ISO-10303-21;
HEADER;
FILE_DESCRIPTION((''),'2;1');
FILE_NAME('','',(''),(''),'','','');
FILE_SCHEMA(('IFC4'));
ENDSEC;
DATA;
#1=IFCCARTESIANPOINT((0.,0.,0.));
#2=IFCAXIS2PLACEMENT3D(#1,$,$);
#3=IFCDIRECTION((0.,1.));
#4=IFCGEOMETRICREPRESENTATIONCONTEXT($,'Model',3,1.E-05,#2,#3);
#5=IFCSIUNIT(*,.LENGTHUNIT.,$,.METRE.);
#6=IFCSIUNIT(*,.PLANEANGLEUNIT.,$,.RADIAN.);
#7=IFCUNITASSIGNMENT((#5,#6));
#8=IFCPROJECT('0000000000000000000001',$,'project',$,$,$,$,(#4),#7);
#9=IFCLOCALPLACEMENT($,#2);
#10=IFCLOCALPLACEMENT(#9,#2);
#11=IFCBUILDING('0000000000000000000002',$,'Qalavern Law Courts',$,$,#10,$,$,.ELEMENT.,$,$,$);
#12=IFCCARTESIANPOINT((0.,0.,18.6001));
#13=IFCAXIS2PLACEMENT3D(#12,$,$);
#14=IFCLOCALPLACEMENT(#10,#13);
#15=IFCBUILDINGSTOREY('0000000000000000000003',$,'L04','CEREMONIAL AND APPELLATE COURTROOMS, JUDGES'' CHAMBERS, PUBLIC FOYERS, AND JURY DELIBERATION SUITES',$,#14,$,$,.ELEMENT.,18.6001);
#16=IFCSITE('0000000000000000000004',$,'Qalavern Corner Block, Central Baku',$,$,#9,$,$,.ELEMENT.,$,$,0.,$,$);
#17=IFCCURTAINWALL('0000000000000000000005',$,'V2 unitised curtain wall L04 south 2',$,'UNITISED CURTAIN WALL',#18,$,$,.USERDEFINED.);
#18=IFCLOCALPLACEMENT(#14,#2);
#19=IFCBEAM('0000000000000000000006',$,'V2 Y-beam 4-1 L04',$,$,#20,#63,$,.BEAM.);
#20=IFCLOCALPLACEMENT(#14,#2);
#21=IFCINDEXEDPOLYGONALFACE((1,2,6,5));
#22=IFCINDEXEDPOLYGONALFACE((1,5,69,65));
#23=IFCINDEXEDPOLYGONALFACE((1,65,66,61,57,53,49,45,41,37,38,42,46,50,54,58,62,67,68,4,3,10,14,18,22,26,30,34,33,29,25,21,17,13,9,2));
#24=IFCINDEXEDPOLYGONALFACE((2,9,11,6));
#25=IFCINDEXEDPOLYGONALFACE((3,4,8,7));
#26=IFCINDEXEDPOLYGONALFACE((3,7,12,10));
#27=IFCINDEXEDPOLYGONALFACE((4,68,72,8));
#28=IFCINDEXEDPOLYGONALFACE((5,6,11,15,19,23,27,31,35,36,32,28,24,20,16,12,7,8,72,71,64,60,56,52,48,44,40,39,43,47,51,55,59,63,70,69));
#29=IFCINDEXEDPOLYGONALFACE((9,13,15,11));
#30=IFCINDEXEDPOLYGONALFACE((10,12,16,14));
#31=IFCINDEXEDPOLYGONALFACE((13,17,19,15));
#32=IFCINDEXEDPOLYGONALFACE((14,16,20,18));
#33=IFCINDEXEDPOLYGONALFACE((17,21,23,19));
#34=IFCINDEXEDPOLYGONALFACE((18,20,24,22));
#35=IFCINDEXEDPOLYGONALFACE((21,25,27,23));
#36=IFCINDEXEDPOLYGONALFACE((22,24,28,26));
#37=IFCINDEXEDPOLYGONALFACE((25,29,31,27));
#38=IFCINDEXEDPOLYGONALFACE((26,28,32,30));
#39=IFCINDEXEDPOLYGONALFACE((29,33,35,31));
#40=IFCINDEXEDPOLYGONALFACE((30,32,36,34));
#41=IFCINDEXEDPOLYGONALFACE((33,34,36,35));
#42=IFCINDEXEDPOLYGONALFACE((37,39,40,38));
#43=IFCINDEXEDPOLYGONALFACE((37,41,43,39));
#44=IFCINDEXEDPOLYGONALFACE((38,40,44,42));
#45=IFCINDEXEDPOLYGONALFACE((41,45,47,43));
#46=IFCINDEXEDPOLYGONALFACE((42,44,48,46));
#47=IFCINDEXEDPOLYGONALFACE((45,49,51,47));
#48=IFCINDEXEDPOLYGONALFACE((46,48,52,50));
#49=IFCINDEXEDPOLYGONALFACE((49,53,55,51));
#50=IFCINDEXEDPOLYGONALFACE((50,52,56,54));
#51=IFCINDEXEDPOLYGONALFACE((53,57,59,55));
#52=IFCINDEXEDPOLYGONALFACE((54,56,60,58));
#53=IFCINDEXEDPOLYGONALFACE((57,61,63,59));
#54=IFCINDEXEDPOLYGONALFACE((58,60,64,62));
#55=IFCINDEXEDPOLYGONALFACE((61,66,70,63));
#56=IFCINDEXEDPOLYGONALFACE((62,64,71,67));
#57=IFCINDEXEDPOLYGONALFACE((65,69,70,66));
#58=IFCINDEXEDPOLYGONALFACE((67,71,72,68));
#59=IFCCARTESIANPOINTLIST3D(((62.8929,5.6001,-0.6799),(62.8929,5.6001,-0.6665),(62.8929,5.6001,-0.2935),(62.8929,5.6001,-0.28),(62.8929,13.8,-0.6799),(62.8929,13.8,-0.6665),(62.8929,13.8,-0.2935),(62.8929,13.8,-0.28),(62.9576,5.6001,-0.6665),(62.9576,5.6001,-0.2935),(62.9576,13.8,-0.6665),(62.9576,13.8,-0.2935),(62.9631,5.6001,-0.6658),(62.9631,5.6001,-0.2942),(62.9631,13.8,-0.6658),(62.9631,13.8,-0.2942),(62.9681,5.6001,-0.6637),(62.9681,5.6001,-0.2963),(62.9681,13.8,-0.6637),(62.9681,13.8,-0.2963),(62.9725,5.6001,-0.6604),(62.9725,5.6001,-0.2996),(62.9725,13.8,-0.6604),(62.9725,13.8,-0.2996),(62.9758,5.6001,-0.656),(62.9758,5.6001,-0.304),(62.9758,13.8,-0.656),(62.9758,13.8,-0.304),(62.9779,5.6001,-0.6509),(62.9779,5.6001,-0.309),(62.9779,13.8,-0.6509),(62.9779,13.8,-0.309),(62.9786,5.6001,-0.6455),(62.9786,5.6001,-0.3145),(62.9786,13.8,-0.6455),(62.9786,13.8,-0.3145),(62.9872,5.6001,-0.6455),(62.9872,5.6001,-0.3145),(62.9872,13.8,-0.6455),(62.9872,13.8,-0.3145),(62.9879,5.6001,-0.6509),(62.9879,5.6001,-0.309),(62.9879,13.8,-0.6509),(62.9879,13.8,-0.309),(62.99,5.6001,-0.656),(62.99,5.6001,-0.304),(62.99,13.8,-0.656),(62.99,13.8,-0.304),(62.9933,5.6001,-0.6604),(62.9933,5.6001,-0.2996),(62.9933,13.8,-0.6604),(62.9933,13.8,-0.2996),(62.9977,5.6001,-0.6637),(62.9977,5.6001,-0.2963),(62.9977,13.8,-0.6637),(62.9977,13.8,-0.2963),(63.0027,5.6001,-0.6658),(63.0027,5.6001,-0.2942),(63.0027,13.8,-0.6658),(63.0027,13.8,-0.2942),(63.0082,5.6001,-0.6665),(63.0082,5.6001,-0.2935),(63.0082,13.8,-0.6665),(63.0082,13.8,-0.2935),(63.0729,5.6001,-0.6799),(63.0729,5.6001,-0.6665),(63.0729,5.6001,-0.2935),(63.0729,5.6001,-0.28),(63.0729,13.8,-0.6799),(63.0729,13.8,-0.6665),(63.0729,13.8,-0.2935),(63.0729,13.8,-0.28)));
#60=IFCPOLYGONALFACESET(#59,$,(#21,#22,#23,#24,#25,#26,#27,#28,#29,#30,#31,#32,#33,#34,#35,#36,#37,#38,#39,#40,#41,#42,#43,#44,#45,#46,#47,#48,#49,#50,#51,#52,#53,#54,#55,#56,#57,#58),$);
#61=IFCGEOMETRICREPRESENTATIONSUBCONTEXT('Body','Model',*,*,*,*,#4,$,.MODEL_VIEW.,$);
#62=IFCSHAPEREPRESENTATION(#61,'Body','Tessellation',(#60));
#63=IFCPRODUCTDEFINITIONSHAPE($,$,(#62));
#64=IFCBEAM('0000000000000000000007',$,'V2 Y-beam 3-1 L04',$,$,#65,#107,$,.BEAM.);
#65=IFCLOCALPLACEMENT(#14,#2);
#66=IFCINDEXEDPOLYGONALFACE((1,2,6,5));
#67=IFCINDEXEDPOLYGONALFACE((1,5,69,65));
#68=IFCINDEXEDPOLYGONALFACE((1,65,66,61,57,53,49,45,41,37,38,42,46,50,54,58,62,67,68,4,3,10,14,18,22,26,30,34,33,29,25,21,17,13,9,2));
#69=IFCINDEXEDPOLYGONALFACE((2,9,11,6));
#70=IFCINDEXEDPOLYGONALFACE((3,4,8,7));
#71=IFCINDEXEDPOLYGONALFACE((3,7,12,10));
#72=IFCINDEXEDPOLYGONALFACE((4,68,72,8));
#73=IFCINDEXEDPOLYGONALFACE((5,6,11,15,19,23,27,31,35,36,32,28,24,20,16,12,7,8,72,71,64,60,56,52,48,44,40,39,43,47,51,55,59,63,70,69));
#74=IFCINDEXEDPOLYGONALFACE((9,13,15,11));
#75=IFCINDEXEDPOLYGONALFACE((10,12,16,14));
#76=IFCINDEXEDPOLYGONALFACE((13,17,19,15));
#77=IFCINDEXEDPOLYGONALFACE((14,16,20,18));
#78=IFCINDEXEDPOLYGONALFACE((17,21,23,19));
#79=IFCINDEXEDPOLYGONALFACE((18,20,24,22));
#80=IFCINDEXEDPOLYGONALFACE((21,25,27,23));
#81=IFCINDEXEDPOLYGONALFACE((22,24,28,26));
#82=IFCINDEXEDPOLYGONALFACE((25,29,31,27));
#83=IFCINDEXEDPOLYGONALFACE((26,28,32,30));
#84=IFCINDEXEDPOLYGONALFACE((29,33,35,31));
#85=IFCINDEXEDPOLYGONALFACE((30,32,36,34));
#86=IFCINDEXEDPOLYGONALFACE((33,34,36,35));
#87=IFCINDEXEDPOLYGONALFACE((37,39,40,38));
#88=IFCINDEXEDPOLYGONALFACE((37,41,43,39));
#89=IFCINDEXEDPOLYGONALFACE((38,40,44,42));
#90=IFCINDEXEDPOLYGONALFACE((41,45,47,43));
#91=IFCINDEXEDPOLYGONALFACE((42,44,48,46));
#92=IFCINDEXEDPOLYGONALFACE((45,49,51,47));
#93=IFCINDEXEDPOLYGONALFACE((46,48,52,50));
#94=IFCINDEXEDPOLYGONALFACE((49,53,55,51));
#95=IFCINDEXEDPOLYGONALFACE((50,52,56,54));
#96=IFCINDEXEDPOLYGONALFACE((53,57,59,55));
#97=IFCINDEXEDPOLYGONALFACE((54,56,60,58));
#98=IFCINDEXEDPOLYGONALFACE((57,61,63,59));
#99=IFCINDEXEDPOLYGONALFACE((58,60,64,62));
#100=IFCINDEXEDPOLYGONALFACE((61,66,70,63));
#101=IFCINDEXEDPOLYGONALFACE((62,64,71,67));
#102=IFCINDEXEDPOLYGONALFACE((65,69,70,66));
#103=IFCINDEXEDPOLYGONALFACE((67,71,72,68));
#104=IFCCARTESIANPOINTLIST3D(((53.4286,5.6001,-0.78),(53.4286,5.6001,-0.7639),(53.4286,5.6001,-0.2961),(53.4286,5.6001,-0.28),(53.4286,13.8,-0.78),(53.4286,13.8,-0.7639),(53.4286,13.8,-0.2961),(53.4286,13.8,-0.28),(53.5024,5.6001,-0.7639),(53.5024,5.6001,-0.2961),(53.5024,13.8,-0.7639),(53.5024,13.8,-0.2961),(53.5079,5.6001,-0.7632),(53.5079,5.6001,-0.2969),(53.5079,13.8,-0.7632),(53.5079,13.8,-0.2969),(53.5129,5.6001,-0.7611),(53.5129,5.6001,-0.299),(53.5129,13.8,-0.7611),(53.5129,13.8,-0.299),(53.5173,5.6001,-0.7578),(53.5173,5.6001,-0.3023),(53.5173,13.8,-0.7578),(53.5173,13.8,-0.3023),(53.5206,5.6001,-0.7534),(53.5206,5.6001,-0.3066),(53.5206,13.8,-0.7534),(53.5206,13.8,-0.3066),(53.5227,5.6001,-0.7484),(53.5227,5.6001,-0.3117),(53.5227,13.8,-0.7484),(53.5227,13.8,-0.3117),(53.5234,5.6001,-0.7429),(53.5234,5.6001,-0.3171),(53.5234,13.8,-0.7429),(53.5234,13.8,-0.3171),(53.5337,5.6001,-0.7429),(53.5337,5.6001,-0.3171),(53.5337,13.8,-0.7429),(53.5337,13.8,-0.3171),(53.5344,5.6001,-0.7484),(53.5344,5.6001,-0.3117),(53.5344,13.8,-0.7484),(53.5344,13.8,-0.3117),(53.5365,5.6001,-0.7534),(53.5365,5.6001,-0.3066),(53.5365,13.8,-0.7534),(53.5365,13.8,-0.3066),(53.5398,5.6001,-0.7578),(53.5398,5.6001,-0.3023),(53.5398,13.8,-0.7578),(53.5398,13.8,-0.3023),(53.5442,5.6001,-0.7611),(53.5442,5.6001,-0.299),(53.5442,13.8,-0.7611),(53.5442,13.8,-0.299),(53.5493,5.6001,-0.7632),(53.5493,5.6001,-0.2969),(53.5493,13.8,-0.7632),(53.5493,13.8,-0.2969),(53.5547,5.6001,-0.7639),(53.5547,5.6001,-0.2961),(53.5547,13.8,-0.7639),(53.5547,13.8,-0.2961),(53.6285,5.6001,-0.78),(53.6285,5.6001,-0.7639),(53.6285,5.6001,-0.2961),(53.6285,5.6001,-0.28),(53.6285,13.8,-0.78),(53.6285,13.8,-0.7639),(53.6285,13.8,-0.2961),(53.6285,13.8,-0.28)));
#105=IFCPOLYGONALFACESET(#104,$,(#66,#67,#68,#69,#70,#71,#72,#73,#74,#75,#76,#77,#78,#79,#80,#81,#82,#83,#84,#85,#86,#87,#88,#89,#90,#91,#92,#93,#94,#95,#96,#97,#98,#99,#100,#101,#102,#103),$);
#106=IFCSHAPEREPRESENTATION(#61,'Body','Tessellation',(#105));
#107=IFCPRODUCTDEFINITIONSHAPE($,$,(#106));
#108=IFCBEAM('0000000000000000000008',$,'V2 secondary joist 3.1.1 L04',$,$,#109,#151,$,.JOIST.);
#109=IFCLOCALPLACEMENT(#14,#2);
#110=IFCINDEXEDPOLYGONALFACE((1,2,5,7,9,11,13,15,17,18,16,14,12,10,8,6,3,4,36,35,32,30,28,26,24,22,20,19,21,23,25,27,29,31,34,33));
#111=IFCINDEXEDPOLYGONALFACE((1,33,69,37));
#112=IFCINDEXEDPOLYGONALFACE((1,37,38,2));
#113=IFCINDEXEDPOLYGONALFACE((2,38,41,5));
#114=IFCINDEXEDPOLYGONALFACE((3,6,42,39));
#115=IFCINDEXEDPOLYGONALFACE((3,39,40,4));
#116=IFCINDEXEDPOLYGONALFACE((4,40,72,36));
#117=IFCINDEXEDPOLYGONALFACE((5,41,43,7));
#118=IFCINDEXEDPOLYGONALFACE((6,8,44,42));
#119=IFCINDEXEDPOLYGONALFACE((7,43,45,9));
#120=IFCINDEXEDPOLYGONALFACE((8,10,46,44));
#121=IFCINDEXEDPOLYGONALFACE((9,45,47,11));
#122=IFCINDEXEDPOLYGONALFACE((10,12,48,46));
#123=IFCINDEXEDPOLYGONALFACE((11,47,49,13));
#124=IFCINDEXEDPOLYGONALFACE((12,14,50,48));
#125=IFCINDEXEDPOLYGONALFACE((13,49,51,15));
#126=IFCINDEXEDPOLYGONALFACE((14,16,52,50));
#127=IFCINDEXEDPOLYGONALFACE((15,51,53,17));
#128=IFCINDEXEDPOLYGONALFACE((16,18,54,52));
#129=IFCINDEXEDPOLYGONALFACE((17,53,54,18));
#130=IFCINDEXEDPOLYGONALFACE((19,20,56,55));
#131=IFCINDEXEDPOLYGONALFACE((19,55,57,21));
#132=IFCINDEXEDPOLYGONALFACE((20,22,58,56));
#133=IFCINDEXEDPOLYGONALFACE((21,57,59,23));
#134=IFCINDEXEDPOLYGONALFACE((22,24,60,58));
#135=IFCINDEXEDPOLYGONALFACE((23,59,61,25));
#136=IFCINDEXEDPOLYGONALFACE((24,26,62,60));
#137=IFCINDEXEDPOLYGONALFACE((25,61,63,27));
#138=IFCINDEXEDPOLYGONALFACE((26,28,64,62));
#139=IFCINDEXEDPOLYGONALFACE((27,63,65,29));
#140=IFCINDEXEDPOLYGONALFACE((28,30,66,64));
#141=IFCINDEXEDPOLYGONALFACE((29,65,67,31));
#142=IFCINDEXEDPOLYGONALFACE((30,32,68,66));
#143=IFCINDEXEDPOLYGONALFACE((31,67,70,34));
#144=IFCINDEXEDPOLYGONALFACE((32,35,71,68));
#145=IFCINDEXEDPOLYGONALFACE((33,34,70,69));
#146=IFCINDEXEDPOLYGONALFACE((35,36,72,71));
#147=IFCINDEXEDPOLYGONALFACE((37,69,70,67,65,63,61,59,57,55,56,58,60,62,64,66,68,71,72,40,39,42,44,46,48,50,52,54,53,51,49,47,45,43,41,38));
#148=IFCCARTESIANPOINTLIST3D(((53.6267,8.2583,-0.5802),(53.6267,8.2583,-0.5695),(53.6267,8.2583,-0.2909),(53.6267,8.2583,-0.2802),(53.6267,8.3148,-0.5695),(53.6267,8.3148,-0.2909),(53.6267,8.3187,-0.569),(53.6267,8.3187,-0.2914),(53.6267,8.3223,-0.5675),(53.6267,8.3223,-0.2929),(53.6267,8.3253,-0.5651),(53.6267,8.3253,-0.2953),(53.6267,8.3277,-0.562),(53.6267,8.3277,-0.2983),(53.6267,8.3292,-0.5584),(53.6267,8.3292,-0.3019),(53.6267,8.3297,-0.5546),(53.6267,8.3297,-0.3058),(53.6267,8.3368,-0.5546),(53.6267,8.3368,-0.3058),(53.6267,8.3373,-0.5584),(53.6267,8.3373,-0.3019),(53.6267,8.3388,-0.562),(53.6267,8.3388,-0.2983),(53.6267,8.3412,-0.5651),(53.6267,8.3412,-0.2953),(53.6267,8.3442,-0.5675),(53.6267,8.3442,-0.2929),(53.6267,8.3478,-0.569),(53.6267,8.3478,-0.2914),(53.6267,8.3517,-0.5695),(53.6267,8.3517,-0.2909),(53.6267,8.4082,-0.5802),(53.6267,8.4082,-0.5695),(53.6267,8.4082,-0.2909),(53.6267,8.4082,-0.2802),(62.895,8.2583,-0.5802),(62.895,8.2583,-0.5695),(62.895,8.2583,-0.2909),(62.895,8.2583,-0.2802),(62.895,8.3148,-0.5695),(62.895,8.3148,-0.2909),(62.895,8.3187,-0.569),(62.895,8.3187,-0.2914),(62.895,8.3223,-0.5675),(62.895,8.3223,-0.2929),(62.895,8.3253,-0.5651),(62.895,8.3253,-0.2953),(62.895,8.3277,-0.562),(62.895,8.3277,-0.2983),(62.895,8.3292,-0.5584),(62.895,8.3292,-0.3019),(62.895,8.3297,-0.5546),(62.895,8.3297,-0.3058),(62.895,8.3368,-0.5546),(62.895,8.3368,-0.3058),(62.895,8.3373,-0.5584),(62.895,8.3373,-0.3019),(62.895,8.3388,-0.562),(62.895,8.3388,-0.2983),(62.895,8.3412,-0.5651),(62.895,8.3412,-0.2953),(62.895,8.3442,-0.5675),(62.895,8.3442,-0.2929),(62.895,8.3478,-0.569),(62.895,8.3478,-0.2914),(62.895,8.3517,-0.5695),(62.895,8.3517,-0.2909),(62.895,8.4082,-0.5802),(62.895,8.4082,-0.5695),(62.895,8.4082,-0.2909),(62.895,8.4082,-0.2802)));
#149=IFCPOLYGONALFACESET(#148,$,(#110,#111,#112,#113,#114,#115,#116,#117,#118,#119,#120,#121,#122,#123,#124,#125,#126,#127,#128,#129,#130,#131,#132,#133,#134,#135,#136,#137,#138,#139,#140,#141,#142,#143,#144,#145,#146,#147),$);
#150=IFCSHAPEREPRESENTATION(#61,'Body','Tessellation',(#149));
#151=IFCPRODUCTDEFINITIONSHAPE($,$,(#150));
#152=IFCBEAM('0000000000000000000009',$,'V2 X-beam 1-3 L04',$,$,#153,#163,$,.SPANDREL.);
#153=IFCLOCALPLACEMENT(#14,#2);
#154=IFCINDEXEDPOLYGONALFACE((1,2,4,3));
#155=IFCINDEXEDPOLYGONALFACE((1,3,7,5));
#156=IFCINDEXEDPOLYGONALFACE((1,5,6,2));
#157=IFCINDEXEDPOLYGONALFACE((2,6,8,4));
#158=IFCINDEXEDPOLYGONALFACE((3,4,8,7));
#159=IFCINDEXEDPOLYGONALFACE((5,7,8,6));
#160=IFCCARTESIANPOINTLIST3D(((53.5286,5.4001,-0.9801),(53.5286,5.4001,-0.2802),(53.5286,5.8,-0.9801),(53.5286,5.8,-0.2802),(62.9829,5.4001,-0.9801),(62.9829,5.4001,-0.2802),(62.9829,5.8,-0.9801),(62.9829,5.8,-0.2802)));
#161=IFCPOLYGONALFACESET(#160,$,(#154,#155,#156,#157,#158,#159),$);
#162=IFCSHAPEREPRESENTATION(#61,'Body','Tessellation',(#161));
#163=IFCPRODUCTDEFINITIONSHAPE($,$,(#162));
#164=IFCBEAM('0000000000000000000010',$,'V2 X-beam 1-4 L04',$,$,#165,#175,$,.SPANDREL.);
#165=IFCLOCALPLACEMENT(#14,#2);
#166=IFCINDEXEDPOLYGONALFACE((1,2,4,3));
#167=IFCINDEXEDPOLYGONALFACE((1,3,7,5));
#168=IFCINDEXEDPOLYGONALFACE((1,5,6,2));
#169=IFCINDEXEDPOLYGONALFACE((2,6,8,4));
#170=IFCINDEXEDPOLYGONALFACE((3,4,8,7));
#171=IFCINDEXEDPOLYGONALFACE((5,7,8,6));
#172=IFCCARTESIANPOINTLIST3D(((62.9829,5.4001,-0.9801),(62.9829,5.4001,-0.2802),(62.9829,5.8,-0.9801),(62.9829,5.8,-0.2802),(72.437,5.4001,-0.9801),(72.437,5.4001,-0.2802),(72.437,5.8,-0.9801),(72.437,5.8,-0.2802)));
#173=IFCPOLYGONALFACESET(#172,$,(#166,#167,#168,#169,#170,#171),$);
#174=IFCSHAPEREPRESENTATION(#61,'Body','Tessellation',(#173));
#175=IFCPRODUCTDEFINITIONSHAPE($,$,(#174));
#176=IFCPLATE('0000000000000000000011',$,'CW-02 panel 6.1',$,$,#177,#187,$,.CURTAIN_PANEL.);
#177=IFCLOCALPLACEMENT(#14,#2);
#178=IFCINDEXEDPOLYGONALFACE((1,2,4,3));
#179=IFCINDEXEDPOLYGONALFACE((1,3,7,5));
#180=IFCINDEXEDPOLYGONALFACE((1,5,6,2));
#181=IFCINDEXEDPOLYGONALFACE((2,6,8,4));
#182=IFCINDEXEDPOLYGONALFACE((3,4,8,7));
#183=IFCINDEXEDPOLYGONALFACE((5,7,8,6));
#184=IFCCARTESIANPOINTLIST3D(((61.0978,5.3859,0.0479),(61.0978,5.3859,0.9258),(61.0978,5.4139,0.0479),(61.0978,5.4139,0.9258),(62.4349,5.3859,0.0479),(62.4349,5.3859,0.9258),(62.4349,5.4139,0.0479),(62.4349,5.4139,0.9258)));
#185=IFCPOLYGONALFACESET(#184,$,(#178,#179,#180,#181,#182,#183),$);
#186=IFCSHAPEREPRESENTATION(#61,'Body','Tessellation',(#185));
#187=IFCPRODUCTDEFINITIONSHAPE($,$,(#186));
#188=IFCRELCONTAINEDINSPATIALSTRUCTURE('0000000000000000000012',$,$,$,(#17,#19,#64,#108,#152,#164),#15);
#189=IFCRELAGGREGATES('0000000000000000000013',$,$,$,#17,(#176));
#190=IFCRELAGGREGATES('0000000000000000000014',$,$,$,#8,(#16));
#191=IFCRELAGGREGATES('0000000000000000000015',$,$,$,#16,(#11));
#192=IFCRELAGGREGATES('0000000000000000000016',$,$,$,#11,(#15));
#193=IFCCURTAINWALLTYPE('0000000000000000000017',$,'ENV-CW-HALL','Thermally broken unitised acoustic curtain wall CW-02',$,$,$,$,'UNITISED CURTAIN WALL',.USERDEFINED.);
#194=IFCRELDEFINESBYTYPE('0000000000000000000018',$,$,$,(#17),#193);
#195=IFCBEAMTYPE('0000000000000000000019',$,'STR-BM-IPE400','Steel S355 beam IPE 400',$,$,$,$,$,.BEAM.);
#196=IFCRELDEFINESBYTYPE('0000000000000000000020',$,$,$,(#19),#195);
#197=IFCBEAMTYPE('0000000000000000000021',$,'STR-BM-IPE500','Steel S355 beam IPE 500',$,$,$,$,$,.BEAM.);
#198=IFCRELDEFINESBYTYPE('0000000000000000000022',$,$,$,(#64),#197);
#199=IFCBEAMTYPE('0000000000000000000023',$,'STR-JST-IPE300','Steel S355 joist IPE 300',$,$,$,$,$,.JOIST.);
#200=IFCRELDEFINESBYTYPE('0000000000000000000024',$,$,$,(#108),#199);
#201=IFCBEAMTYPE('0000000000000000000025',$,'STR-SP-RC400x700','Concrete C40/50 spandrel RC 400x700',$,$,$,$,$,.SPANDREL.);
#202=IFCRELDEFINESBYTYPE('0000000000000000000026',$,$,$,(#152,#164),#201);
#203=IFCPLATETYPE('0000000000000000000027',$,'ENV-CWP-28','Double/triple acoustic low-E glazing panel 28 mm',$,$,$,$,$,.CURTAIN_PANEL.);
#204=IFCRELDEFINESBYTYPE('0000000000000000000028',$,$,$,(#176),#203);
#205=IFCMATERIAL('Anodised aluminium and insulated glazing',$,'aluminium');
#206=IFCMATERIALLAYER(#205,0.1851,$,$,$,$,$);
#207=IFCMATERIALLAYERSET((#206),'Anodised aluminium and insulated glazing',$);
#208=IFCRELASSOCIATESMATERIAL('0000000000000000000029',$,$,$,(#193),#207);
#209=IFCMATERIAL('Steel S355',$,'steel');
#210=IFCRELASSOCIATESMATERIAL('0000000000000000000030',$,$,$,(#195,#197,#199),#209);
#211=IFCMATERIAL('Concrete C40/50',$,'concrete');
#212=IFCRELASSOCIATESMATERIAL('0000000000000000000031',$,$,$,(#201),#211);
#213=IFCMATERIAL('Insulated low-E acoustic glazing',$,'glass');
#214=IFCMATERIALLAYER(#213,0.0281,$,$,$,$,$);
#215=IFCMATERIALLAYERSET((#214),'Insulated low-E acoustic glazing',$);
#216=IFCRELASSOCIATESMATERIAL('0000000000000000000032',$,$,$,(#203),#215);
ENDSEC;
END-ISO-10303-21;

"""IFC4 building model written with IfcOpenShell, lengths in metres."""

from ifc_helpers import new_model, si_unit, direction, frame, origin, origin_2d, place, context, subcontext, project, spatial, rectangle, i_section, extrude, material, layer, layer_set, material_profile, profile_set, type_object, element, aggregate, save


model = new_model("IFC4")

# Units and contexts
model_context = context("Model", 3, precision=1e-05, world=origin(), true_north=direction((0.0, 1.0)))
body_context = subcontext(model_context, "Body", "Model", "MODEL_VIEW")
ifc_project = project(units=[si_unit("LENGTHUNIT", "METRE"), si_unit("PLANEANGLEUNIT", "RADIAN")], contexts=[model_context])

# Site, building, storey
site_placement = place(None, origin())
site = spatial("IfcSite", under=ifc_project, at=site_placement, Name="Qalavern Corner Block, Central Baku", CompositionType="ELEMENT", RefElevation=0.0)
building_placement = place(site_placement, origin())
building = spatial("IfcBuilding", under=site, at=building_placement, Name="Qalavern Law Courts", CompositionType="ELEMENT")
storey_placement = place(building_placement, frame((0.0, 0.0, 18.6001)))
storey = spatial("IfcBuildingStorey", under=building, at=storey_placement, Name="L04", Description="CEREMONIAL AND APPELLATE COURTROOMS, JUDGES' CHAMBERS, PUBLIC FOYERS, AND JURY DELIBERATION SUITES", CompositionType="ELEMENT", Elevation=18.6001)

# Curtain wall
ifc_material_1 = material(Name="Anodised aluminium and insulated glazing", Category="aluminium")
ifc_layer_1 = layer(ifc_material_1, 0.1851)
ifc_layer_set_1 = layer_set([ifc_layer_1], Name="Anodised aluminium and insulated glazing")
curtain_wall_type = type_object("IfcCurtainWallType", Name="ENV-CW-HALL", Description="Thermally broken unitised acoustic curtain wall CW-02", ElementType="UNITISED CURTAIN WALL", PredefinedType="USERDEFINED", material=ifc_layer_set_1)
curtain_wall_1_placement = place(storey_placement, origin())
curtain_wall_1 = element("IfcCurtainWall", 1, at=curtain_wall_1_placement, inside=storey, type_object=curtain_wall_type, Name="V2 unitised curtain wall L04 south 2", ObjectType="UNITISED CURTAIN WALL", PredefinedType="USERDEFINED")

# Beams
ifc_material_2 = material(Name="Steel S355", Category="steel")
ifc_material_profile_1 = material_profile(ifc_material_2, i_section(OverallWidth=0.1799, OverallDepth=0.3999, WebThickness=0.0085, FlangeThickness=0.0134, FilletRadius=0.021, at=origin_2d()), Name="IPE 400")
ifc_profile_set_1 = profile_set([ifc_material_profile_1], Name="Steel S355")
beam_type_1 = type_object("IfcBeamType", Name="STR-BM-IPE400", Description="Steel S355 beam IPE 400", PredefinedType="BEAM", material=ifc_profile_set_1)
beam_1_placement = place(storey_placement, frame((62.9829, 5.6001, -0.48), z_axis=(0.0, 1.0, 0.0), x_axis=(-1.0, 0.0, 0.0)))
element("IfcBeam", 2, at=beam_1_placement, inside=storey, type_object=beam_type_1, Name="V2 Y-beam 4-1 L04", PredefinedType="BEAM", context=body_context, shape_type="SweptSolid", body=[
    extrude(i_section(OverallWidth=0.1799, OverallDepth=0.3999, WebThickness=0.0085, FlangeThickness=0.0134, FilletRadius=0.021, at=origin_2d()), origin(), (0.0, 0.0, 1.0), 8.2),
])
ifc_material_profile_2 = material_profile(ifc_material_2, i_section(OverallWidth=0.2, OverallDepth=0.5, WebThickness=0.0103, FlangeThickness=0.0161, FilletRadius=0.021, at=origin_2d()), Name="IPE 500")
ifc_profile_set_2 = profile_set([ifc_material_profile_2], Name="Steel S355")
beam_type_2 = type_object("IfcBeamType", Name="STR-BM-IPE500", Description="Steel S355 beam IPE 500", PredefinedType="BEAM", material=ifc_profile_set_2)
beam_2_placement = place(storey_placement, frame((53.5286, 5.6001, -0.53), z_axis=(0.0, 1.0, 0.0), x_axis=(-1.0, 0.0, 0.0)))
element("IfcBeam", 3, at=beam_2_placement, inside=storey, type_object=beam_type_2, Name="V2 Y-beam 3-1 L04", PredefinedType="BEAM", context=body_context, shape_type="SweptSolid", body=[
    extrude(i_section(OverallWidth=0.2, OverallDepth=0.5, WebThickness=0.0103, FlangeThickness=0.0161, FilletRadius=0.021, at=origin_2d()), origin(), (0.0, 0.0, 1.0), 8.2),
])
ifc_material_profile_3 = material_profile(ifc_material_2, i_section(OverallWidth=0.1499, OverallDepth=0.3, WebThickness=0.0071, FlangeThickness=0.0107, FilletRadius=0.0149, at=origin_2d()), Name="IPE 300")
ifc_profile_set_3 = profile_set([ifc_material_profile_3], Name="Steel S355")
beam_type_3 = type_object("IfcBeamType", Name="STR-JST-IPE300", Description="Steel S355 joist IPE 300", PredefinedType="JOIST", material=ifc_profile_set_3)
beam_3_placement = place(storey_placement, frame((53.6267, 8.3333, -0.4302), z_axis=(1.0, 0.0, 0.0), x_axis=(0.0, 1.0, 0.0)))
element("IfcBeam", 4, at=beam_3_placement, inside=storey, type_object=beam_type_3, Name="V2 secondary joist 3.1.1 L04", PredefinedType="JOIST", context=body_context, shape_type="SweptSolid", body=[
    extrude(i_section(OverallWidth=0.1499, OverallDepth=0.3, WebThickness=0.0071, FlangeThickness=0.0107, FilletRadius=0.0149, at=origin_2d()), origin(), (0.0, 0.0, 1.0), 9.2683),
])
ifc_material_3 = material(Name="Concrete C40/50", Category="concrete")
ifc_material_profile_4 = material_profile(ifc_material_3, rectangle(XDim=0.3999, YDim=0.7, at=origin_2d()), Name="RC 400x700")
ifc_profile_set_4 = profile_set([ifc_material_profile_4], Name="Concrete C40/50")
beam_type_4 = type_object("IfcBeamType", Name="STR-SP-RC400x700", Description="Concrete C40/50 spandrel RC 400x700", PredefinedType="SPANDREL", material=ifc_profile_set_4)
beam_4_placement = place(storey_placement, frame((53.5286, 5.6001, -0.6301), z_axis=(1.0, 0.0, 0.0), x_axis=(0.0, 1.0, 0.0)))
element("IfcBeam", 5, at=beam_4_placement, inside=storey, type_object=beam_type_4, Name="V2 X-beam 1-3 L04", PredefinedType="SPANDREL", context=body_context, shape_type="SweptSolid", body=[
    extrude(rectangle(XDim=0.3999, YDim=0.7, at=origin_2d()), origin(), (0.0, 0.0, 1.0), 9.4543),
])
beam_5_placement = place(storey_placement, frame((62.9829, 5.6001, -0.6301), z_axis=(1.0, 0.0, 0.0), x_axis=(0.0, 1.0, 0.0)))
element("IfcBeam", 6, at=beam_5_placement, inside=storey, type_object=beam_type_4, Name="V2 X-beam 1-4 L04", PredefinedType="SPANDREL", context=body_context, shape_type="SweptSolid", body=[
    extrude(rectangle(XDim=0.3999, YDim=0.7, at=origin_2d()), origin(), (0.0, 0.0, 1.0), 9.4541),
])

# Plate
ifc_material_4 = material(Name="Insulated low-E acoustic glazing", Category="glass")
ifc_layer_2 = layer(ifc_material_4, 0.0281)
ifc_layer_set_2 = layer_set([ifc_layer_2], Name="Insulated low-E acoustic glazing")
plate_type_1 = type_object("IfcPlateType", Name="ENV-CWP-28", Description="Double/triple acoustic low-E glazing panel 28 mm", PredefinedType="CURTAIN_PANEL", material=ifc_layer_set_2)
plate_1_placement = place(storey_placement, frame((61.7664, 5.3999, 0.0479), z_axis=(0.0, 0.0, 1.0), x_axis=(1.0, 0.0, 0.0)))
plate_1 = element("IfcPlate", 7, at=plate_1_placement, type_object=plate_type_1, Name="CW-02 panel 6.1", PredefinedType="CURTAIN_PANEL", context=body_context, shape_type="SweptSolid", body=[
    extrude(rectangle(XDim=1.3372, YDim=0.0281, at=origin_2d()), origin(), (0.0, 0.0, 1.0), 0.8779),
])
aggregate(curtain_wall_1, [plate_1])

save(model, "model.ifc")
